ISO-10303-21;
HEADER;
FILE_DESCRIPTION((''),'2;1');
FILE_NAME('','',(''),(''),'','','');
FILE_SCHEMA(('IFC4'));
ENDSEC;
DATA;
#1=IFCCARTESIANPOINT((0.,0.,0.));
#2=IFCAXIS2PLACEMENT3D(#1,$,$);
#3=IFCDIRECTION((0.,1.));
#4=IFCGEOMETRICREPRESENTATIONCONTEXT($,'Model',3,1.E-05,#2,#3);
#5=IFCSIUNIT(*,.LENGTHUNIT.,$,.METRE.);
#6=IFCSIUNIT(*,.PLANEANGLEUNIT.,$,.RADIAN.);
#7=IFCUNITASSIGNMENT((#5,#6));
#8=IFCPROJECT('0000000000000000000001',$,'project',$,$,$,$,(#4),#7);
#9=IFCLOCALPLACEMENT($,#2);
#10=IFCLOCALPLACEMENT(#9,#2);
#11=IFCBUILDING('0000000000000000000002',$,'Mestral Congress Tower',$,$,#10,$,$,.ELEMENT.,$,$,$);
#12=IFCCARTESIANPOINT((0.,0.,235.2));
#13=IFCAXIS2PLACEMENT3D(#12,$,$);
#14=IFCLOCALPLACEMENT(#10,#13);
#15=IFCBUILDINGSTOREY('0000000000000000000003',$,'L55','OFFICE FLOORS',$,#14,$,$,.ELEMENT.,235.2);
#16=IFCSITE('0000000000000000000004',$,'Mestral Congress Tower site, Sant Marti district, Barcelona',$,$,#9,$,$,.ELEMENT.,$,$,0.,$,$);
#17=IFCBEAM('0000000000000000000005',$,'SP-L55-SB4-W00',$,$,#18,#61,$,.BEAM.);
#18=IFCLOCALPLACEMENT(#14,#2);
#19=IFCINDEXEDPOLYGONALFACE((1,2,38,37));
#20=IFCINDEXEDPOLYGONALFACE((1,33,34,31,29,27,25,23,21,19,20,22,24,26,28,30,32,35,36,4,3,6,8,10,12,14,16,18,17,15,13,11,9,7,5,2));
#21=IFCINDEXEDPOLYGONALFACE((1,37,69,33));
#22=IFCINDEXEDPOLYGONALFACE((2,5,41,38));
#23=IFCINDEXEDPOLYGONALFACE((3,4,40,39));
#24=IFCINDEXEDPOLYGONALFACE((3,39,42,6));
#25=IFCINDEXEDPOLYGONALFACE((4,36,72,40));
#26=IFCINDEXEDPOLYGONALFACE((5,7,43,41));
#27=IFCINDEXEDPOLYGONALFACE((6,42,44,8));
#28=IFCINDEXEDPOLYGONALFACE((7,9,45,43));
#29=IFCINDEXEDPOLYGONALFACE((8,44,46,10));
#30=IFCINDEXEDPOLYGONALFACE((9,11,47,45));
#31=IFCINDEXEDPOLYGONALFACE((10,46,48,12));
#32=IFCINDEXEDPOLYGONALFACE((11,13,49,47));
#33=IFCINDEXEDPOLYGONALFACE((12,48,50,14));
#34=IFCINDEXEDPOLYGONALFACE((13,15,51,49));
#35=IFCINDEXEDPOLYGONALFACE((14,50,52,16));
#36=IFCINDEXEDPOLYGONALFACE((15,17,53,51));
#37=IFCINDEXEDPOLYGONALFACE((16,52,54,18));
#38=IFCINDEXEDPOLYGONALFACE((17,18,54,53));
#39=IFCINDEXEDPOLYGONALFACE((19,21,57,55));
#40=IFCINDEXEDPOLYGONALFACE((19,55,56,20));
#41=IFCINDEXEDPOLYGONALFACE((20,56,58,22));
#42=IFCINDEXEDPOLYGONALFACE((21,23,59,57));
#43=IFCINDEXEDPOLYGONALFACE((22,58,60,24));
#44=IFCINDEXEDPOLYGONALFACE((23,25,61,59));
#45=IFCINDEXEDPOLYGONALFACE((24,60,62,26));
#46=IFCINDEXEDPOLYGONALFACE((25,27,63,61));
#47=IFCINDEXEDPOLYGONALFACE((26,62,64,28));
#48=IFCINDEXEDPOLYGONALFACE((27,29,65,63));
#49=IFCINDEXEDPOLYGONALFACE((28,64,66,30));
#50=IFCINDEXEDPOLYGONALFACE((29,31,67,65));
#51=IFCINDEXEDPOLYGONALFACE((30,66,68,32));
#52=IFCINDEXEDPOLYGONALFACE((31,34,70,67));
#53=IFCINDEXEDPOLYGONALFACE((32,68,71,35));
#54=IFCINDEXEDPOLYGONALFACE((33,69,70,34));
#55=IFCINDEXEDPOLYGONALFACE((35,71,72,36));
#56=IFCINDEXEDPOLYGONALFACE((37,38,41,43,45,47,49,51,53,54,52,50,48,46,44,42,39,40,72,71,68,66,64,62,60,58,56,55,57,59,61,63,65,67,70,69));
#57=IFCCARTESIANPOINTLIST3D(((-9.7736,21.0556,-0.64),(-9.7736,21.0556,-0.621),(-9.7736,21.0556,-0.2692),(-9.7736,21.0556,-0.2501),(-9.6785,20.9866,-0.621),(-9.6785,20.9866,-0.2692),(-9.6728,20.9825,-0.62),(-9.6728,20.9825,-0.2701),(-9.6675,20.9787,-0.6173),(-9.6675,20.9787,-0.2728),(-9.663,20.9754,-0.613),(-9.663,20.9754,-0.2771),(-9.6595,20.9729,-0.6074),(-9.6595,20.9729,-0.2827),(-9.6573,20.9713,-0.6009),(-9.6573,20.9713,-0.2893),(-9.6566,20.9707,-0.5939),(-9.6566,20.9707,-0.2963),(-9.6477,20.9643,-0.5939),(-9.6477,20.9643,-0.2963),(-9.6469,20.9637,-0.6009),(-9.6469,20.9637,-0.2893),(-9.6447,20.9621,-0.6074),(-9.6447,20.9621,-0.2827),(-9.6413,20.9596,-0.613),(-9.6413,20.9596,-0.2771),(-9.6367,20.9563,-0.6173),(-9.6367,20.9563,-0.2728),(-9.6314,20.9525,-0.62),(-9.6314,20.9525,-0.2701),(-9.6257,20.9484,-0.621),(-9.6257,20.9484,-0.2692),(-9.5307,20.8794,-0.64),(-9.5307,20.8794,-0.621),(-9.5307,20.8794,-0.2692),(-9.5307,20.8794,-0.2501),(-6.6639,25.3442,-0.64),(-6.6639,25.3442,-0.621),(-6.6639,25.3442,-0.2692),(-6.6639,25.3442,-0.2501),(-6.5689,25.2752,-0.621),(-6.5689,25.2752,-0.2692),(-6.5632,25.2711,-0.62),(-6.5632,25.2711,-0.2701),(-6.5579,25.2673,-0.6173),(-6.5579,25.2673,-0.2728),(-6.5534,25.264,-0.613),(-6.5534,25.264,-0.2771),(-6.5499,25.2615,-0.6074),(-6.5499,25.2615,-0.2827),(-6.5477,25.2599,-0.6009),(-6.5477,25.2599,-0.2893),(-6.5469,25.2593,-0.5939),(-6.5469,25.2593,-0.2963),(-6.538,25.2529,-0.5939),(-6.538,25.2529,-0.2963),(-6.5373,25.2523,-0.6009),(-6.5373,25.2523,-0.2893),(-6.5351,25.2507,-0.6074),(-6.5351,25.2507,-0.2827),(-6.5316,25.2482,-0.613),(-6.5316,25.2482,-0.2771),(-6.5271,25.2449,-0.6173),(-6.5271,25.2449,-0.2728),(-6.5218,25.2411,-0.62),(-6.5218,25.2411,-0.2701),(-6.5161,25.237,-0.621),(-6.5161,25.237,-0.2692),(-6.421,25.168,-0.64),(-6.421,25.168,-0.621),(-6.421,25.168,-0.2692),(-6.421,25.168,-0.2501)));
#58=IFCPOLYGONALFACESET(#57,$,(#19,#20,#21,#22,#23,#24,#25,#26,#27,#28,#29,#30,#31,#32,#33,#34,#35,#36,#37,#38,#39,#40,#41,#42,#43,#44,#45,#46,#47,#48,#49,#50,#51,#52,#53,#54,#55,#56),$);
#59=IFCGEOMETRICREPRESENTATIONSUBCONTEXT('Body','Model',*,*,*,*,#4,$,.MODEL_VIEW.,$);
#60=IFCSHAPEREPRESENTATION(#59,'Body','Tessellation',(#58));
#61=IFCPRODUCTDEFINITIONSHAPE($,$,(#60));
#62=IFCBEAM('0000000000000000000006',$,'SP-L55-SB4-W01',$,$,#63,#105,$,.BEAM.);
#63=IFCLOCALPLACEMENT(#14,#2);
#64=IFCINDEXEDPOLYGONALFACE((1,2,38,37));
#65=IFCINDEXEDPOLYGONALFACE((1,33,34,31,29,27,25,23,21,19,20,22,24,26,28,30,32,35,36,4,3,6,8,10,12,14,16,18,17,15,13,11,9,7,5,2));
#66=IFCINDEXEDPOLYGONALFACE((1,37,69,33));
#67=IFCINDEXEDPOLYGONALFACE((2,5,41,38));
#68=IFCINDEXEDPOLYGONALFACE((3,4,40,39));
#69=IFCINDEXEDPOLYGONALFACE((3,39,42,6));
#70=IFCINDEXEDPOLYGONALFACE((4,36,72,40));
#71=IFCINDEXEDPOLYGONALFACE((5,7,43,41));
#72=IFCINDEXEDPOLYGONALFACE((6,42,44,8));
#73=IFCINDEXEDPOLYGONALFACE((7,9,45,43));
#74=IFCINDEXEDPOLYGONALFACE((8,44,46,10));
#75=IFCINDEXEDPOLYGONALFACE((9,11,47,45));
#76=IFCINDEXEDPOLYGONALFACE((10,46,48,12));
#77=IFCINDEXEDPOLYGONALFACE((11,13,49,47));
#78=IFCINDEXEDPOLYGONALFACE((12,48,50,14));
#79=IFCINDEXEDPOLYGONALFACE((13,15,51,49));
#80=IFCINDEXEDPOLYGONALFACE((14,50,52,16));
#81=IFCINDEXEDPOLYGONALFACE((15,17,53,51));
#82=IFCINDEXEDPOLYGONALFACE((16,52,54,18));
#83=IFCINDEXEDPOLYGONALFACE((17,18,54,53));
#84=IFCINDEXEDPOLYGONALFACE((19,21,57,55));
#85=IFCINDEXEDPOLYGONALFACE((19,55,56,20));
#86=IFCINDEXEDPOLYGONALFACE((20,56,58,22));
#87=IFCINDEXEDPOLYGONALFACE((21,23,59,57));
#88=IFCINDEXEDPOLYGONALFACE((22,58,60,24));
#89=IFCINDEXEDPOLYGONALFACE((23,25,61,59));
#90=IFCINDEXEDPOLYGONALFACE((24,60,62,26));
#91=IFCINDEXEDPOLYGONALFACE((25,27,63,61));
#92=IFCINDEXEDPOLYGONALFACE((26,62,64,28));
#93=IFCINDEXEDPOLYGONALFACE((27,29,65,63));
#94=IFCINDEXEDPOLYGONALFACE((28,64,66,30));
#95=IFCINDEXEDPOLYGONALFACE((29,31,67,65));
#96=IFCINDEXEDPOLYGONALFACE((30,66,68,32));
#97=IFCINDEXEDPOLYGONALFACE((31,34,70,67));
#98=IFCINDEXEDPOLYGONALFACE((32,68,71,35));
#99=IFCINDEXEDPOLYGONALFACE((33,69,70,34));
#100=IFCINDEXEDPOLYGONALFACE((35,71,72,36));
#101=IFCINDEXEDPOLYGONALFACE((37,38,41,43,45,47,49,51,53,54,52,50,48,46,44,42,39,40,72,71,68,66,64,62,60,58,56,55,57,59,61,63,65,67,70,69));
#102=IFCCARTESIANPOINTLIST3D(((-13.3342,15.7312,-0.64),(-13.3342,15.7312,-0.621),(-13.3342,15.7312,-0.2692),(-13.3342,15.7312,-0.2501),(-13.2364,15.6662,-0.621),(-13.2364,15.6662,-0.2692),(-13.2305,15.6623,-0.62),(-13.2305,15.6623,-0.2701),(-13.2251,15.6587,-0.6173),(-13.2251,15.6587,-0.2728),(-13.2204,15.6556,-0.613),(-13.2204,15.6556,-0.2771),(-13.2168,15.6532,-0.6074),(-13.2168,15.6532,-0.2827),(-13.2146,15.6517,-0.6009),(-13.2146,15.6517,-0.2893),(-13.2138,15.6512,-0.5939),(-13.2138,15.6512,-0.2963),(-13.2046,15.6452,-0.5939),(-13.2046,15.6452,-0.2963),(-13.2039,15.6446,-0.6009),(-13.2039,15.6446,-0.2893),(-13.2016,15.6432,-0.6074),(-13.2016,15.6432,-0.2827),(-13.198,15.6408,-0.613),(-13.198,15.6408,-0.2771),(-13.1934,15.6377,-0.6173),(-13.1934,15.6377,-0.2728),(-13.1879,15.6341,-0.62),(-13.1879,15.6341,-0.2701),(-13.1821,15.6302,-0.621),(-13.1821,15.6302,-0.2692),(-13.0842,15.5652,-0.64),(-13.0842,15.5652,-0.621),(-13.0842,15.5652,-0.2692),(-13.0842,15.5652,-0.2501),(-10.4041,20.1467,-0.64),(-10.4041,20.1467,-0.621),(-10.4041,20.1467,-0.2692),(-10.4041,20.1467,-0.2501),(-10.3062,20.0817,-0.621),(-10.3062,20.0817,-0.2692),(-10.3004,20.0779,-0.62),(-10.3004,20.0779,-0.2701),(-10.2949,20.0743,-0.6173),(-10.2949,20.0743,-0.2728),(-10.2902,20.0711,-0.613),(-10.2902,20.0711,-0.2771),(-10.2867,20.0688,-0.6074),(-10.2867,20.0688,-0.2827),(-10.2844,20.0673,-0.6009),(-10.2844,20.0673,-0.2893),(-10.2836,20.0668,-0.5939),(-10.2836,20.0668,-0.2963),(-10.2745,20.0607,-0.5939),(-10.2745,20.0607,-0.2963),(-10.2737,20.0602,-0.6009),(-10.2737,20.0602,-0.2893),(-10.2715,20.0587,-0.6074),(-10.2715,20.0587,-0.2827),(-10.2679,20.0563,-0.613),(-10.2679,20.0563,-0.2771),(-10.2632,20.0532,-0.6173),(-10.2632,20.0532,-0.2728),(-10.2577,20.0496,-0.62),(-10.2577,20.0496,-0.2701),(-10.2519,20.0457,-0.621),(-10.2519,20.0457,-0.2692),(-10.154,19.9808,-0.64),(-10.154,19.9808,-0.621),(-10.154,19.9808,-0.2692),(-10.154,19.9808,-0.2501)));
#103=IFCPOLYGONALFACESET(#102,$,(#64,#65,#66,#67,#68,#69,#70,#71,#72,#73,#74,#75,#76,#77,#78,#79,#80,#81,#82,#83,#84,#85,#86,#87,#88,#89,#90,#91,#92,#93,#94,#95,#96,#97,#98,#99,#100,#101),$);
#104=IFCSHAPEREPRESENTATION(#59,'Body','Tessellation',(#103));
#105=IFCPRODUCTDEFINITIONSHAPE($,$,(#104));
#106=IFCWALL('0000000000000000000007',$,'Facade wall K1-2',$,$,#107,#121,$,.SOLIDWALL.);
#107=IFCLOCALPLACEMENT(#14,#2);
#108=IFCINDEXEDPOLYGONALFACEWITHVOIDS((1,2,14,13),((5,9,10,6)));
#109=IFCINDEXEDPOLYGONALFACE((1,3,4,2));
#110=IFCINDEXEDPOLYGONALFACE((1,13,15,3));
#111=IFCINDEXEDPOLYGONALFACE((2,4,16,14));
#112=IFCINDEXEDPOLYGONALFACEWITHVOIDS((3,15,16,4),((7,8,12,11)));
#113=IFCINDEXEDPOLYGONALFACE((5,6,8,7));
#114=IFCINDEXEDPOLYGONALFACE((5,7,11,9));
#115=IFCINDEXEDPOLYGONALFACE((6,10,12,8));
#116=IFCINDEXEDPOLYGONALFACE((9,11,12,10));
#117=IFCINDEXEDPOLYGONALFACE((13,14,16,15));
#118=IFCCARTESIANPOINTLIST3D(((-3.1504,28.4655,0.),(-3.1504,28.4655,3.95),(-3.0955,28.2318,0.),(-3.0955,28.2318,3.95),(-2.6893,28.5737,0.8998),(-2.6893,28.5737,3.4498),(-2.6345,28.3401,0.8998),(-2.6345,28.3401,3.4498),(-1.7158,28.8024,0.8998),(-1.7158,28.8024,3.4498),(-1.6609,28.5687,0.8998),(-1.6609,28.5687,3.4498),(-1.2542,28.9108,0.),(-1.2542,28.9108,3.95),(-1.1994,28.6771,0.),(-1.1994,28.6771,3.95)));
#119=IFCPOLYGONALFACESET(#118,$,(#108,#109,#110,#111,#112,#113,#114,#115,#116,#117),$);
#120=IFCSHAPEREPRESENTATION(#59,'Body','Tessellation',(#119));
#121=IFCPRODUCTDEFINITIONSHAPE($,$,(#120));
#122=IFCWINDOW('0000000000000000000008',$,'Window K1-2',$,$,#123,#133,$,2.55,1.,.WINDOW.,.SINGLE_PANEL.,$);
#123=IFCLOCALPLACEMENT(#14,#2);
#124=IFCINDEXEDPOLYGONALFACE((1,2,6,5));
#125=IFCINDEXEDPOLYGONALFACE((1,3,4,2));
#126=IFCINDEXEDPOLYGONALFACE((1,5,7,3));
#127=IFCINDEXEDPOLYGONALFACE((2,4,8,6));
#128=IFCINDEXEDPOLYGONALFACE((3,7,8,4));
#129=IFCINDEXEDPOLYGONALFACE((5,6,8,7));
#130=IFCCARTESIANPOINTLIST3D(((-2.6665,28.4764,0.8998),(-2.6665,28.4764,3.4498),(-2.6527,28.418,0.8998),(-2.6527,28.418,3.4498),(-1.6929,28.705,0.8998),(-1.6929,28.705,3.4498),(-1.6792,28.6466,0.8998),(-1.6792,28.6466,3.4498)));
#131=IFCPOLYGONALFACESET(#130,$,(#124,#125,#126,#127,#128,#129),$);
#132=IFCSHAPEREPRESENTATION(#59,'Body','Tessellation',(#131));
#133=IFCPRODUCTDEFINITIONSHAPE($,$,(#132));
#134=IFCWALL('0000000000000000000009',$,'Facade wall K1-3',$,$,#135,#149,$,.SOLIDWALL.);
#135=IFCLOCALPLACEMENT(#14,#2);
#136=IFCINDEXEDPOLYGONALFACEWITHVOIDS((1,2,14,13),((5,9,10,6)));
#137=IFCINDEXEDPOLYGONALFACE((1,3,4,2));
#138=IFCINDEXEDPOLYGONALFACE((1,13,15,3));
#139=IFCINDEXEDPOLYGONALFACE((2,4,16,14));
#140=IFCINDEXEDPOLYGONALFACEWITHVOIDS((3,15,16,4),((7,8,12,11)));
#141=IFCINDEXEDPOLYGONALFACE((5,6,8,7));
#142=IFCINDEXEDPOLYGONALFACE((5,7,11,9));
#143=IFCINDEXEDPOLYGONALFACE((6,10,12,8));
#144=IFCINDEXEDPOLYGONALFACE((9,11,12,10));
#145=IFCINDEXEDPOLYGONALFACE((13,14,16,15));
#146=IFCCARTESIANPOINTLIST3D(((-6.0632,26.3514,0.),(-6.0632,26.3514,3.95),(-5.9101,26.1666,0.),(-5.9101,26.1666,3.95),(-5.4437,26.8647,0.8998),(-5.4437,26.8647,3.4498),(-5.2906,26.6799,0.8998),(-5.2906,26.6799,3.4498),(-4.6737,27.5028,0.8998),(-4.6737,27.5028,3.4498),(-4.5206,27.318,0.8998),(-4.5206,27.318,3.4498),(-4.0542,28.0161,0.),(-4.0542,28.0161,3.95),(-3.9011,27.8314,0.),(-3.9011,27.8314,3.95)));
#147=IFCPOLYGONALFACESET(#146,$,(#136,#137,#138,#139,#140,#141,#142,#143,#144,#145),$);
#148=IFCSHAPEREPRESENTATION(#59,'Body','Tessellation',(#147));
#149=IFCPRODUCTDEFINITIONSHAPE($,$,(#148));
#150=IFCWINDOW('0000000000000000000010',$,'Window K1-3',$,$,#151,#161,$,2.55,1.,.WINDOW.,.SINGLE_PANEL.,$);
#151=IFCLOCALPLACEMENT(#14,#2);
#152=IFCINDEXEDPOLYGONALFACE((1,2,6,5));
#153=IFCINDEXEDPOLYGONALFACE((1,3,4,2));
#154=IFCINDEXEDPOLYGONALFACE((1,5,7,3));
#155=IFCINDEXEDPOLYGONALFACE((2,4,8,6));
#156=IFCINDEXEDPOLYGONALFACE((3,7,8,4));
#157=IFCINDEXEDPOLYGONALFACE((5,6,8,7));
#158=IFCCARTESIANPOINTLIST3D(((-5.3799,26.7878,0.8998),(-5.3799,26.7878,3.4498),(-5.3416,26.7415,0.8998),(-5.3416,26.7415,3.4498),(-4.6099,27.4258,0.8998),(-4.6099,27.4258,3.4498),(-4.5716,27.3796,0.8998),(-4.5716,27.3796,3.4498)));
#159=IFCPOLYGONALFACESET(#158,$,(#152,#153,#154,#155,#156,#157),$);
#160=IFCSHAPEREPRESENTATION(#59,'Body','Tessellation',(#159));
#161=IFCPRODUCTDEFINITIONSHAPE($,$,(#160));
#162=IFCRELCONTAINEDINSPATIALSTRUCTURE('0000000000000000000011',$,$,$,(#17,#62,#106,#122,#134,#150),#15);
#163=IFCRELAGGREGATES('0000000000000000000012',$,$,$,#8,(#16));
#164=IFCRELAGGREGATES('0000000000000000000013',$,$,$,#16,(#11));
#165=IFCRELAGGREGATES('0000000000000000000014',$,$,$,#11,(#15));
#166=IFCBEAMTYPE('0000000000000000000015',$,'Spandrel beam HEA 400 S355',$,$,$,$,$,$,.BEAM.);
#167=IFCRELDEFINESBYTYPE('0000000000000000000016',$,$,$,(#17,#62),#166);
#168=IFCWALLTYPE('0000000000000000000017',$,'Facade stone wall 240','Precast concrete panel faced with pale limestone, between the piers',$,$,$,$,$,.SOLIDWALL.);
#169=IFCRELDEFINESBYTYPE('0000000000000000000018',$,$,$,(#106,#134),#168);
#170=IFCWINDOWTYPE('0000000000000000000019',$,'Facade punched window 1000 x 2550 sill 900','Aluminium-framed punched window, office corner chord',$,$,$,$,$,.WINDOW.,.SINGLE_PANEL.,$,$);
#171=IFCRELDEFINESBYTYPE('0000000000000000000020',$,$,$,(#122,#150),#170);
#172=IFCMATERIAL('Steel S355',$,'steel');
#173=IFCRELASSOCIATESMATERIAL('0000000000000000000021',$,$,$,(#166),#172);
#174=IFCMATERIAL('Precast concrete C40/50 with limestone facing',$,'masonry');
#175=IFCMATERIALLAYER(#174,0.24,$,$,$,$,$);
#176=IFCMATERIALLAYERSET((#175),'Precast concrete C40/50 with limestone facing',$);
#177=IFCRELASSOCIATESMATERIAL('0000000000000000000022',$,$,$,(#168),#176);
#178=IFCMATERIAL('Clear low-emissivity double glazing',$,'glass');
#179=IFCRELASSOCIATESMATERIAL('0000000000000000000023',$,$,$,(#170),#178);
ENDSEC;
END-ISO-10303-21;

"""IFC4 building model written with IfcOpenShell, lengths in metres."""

from ifc_helpers import new_model, si_unit, direction, frame, frame_2d, origin, origin_2d, place, context, subcontext, project, spatial, rectangle, i_section, extrude, material, layer, layer_set, material_profile, profile_set, type_object, element, fill, save


model = new_model("IFC4")

# Units and contexts
model_context = context("Model", 3, precision=1e-05, world=origin(), true_north=direction((0.0, 1.0)))
body_context = subcontext(model_context, "Body", "Model", "MODEL_VIEW")
ifc_project = project(units=[si_unit("LENGTHUNIT", "METRE"), si_unit("PLANEANGLEUNIT", "RADIAN")], contexts=[model_context])

# Site, building, storey
site_placement = place(None, origin())
site = spatial("IfcSite", under=ifc_project, at=site_placement, Name="Mestral Congress Tower site, Sant Marti district, Barcelona", CompositionType="ELEMENT", RefElevation=0.0)
building_placement = place(site_placement, origin())
building = spatial("IfcBuilding", under=site, at=building_placement, Name="Mestral Congress Tower", CompositionType="ELEMENT")
storey_placement = place(building_placement, frame((0.0, 0.0, 235.2)))
storey = spatial("IfcBuildingStorey", under=building, at=storey_placement, Name="L55", Description="OFFICE FLOORS", CompositionType="ELEMENT", Elevation=235.2)

# Beams
ifc_material_1 = material(Name="Steel S355", Category="steel")
ifc_material_profile_1 = material_profile(ifc_material_1, i_section(OverallWidth=0.3, OverallDepth=0.3899, WebThickness=0.011, FlangeThickness=0.019, FilletRadius=0.0271, at=origin_2d()), Name="HEA 400")
ifc_profile_set_1 = profile_set([ifc_material_profile_1], Name="Steel S355")
beam_type_1 = type_object("IfcBeamType", Name="Spandrel beam HEA 400 S355", PredefinedType="BEAM", material=ifc_profile_set_1)
beam_1_placement = place(storey_placement, frame((-6.5425, 25.2561, -0.4451), z_axis=(-0.587017, -0.809574, 0.0), x_axis=(0.809574, -0.587017, 0.0)))
element("IfcBeam", 1, at=beam_1_placement, inside=storey, type_object=beam_type_1, Name="SP-L55-SB4-W00", PredefinedType="BEAM", context=body_context, shape_type="SweptSolid", body=[
    extrude(i_section(OverallWidth=0.3, OverallDepth=0.3899, WebThickness=0.011, FlangeThickness=0.019, FilletRadius=0.0271, at=origin_2d()), origin(), (0.0, 0.0, 1.0), 5.2974),
])
beam_2_placement = place(storey_placement, frame((-10.2791, 20.0637, -0.4451), z_axis=(-0.552934, -0.833225, 0.0), x_axis=(0.833225, -0.552934, 0.0)))
element("IfcBeam", 2, at=beam_2_placement, inside=storey, type_object=beam_type_1, Name="SP-L55-SB4-W01", PredefinedType="BEAM", context=body_context, shape_type="SweptSolid", body=[
    extrude(i_section(OverallWidth=0.3, OverallDepth=0.3899, WebThickness=0.011, FlangeThickness=0.019, FilletRadius=0.0271, at=origin_2d()), origin(), (0.0, 0.0, 1.0), 5.2993),
])

# Walls, openings, windows
ifc_material_2 = material(Name="Precast concrete C40/50 with limestone facing", Category="masonry")
ifc_layer_1 = layer(ifc_material_2, 0.24)
ifc_layer_set_1 = layer_set([ifc_layer_1], Name="Precast concrete C40/50 with limestone facing")
wall_type_1 = type_object("IfcWallType", Name="Facade stone wall 240", Description="Precast concrete panel faced with pale limestone, between the piers", PredefinedType="SOLIDWALL", material=ifc_layer_set_1)
wall_1_placement = place(storey_placement, frame((-1.2268, 28.7939, 0.0), z_axis=(0.0, 0.0, 1.0), x_axis=(-0.973516, -0.22862, 0.0)))
wall_1 = element("IfcWall", 3, at=wall_1_placement, inside=storey, type_object=wall_type_1, Name="Facade wall K1-2", PredefinedType="SOLIDWALL", context=body_context, shape_type="SweptSolid", body=[
    extrude(rectangle(XDim=1.9478, YDim=0.24, at=frame_2d((0.9739, 0.0))), origin(), (0.0, 0.0, 1.0), 3.95),
])
opening_1_placement = place(wall_1_placement, frame((0.4741, 0.0, 0.8999)))
opening_1 = element("IfcOpeningElement", 4, at=opening_1_placement, cuts=wall_1, PredefinedType="OPENING", context=body_context, shape_type="SweptSolid", body=[
    extrude(rectangle(XDim=1.0, YDim=2.55, at=frame_2d((0.5, 1.2749))), frame((0.0, 0.1299, 0.0), z_axis=(0.0, -1.0, 0.0), x_axis=(1.0, 0.0, 0.0)), (0.0, 0.0, 1.0), 0.26),
])
ifc_material_3 = material(Name="Clear low-emissivity double glazing", Category="glass")
window_type_1 = type_object("IfcWindowType", Name="Facade punched window 1000 x 2550 sill 900", Description="Aluminium-framed punched window, office corner chord", PartitioningType="SINGLE_PANEL", PredefinedType="WINDOW", material=ifc_material_3)
window_1_placement = place(opening_1_placement, origin())
window_1 = element("IfcWindow", 5, at=window_1_placement, inside=storey, type_object=window_type_1, Name="Window K1-2", OverallHeight=2.55, OverallWidth=1.0, PartitioningType="SINGLE_PANEL", PredefinedType="WINDOW", context=body_context, shape_type="SweptSolid", body=[
    extrude(rectangle(XDim=1.0, YDim=2.55, at=frame_2d((0.5, 1.2749))), frame((0.0, 0.04, 0.0), z_axis=(0.0, -1.0, 0.0), x_axis=(1.0, 0.0, 0.0)), (0.0, 0.0, 1.0), 0.0601),
])
fill(opening_1, window_1)
wall_2_placement = place(storey_placement, frame((-3.9775, 27.9238, 0.0), z_axis=(0.0, 0.0, 1.0), x_axis=(-0.76999, -0.638056, 0.0)))
wall_2 = element("IfcWall", 6, at=wall_2_placement, inside=storey, type_object=wall_type_1, Name="Facade wall K1-3", PredefinedType="SOLIDWALL", context=body_context, shape_type="SweptSolid", body=[
    extrude(rectangle(XDim=2.6091, YDim=0.24, at=frame_2d((1.3047, 0.0))), origin(), (0.0, 0.0, 1.0), 3.95),
])
opening_2_placement = place(wall_2_placement, frame((0.8047, 0.0, 0.8999)))
opening_2 = element("IfcOpeningElement", 7, at=opening_2_placement, cuts=wall_2, PredefinedType="OPENING", context=body_context, shape_type="SweptSolid", body=[
    extrude(rectangle(XDim=1.0, YDim=2.55, at=frame_2d((0.5, 1.2749))), frame((0.0, 0.1299, 0.0), z_axis=(0.0, -1.0, 0.0), x_axis=(1.0, 0.0, 0.0)), (0.0, 0.0, 1.0), 0.26),
])
window_2_placement = place(opening_2_placement, origin())
window_2 = element("IfcWindow", 8, at=window_2_placement, inside=storey, type_object=window_type_1, Name="Window K1-3", OverallHeight=2.55, OverallWidth=1.0, PartitioningType="SINGLE_PANEL", PredefinedType="WINDOW", context=body_context, shape_type="SweptSolid", body=[
    extrude(rectangle(XDim=1.0, YDim=2.55, at=frame_2d((0.5, 1.2749))), frame((0.0, 0.04, 0.0), z_axis=(0.0, -1.0, 0.0), x_axis=(1.0, 0.0, 0.0)), (0.0, 0.0, 1.0), 0.0601),
])
fill(opening_2, window_2)

save(model, "model.ifc")
